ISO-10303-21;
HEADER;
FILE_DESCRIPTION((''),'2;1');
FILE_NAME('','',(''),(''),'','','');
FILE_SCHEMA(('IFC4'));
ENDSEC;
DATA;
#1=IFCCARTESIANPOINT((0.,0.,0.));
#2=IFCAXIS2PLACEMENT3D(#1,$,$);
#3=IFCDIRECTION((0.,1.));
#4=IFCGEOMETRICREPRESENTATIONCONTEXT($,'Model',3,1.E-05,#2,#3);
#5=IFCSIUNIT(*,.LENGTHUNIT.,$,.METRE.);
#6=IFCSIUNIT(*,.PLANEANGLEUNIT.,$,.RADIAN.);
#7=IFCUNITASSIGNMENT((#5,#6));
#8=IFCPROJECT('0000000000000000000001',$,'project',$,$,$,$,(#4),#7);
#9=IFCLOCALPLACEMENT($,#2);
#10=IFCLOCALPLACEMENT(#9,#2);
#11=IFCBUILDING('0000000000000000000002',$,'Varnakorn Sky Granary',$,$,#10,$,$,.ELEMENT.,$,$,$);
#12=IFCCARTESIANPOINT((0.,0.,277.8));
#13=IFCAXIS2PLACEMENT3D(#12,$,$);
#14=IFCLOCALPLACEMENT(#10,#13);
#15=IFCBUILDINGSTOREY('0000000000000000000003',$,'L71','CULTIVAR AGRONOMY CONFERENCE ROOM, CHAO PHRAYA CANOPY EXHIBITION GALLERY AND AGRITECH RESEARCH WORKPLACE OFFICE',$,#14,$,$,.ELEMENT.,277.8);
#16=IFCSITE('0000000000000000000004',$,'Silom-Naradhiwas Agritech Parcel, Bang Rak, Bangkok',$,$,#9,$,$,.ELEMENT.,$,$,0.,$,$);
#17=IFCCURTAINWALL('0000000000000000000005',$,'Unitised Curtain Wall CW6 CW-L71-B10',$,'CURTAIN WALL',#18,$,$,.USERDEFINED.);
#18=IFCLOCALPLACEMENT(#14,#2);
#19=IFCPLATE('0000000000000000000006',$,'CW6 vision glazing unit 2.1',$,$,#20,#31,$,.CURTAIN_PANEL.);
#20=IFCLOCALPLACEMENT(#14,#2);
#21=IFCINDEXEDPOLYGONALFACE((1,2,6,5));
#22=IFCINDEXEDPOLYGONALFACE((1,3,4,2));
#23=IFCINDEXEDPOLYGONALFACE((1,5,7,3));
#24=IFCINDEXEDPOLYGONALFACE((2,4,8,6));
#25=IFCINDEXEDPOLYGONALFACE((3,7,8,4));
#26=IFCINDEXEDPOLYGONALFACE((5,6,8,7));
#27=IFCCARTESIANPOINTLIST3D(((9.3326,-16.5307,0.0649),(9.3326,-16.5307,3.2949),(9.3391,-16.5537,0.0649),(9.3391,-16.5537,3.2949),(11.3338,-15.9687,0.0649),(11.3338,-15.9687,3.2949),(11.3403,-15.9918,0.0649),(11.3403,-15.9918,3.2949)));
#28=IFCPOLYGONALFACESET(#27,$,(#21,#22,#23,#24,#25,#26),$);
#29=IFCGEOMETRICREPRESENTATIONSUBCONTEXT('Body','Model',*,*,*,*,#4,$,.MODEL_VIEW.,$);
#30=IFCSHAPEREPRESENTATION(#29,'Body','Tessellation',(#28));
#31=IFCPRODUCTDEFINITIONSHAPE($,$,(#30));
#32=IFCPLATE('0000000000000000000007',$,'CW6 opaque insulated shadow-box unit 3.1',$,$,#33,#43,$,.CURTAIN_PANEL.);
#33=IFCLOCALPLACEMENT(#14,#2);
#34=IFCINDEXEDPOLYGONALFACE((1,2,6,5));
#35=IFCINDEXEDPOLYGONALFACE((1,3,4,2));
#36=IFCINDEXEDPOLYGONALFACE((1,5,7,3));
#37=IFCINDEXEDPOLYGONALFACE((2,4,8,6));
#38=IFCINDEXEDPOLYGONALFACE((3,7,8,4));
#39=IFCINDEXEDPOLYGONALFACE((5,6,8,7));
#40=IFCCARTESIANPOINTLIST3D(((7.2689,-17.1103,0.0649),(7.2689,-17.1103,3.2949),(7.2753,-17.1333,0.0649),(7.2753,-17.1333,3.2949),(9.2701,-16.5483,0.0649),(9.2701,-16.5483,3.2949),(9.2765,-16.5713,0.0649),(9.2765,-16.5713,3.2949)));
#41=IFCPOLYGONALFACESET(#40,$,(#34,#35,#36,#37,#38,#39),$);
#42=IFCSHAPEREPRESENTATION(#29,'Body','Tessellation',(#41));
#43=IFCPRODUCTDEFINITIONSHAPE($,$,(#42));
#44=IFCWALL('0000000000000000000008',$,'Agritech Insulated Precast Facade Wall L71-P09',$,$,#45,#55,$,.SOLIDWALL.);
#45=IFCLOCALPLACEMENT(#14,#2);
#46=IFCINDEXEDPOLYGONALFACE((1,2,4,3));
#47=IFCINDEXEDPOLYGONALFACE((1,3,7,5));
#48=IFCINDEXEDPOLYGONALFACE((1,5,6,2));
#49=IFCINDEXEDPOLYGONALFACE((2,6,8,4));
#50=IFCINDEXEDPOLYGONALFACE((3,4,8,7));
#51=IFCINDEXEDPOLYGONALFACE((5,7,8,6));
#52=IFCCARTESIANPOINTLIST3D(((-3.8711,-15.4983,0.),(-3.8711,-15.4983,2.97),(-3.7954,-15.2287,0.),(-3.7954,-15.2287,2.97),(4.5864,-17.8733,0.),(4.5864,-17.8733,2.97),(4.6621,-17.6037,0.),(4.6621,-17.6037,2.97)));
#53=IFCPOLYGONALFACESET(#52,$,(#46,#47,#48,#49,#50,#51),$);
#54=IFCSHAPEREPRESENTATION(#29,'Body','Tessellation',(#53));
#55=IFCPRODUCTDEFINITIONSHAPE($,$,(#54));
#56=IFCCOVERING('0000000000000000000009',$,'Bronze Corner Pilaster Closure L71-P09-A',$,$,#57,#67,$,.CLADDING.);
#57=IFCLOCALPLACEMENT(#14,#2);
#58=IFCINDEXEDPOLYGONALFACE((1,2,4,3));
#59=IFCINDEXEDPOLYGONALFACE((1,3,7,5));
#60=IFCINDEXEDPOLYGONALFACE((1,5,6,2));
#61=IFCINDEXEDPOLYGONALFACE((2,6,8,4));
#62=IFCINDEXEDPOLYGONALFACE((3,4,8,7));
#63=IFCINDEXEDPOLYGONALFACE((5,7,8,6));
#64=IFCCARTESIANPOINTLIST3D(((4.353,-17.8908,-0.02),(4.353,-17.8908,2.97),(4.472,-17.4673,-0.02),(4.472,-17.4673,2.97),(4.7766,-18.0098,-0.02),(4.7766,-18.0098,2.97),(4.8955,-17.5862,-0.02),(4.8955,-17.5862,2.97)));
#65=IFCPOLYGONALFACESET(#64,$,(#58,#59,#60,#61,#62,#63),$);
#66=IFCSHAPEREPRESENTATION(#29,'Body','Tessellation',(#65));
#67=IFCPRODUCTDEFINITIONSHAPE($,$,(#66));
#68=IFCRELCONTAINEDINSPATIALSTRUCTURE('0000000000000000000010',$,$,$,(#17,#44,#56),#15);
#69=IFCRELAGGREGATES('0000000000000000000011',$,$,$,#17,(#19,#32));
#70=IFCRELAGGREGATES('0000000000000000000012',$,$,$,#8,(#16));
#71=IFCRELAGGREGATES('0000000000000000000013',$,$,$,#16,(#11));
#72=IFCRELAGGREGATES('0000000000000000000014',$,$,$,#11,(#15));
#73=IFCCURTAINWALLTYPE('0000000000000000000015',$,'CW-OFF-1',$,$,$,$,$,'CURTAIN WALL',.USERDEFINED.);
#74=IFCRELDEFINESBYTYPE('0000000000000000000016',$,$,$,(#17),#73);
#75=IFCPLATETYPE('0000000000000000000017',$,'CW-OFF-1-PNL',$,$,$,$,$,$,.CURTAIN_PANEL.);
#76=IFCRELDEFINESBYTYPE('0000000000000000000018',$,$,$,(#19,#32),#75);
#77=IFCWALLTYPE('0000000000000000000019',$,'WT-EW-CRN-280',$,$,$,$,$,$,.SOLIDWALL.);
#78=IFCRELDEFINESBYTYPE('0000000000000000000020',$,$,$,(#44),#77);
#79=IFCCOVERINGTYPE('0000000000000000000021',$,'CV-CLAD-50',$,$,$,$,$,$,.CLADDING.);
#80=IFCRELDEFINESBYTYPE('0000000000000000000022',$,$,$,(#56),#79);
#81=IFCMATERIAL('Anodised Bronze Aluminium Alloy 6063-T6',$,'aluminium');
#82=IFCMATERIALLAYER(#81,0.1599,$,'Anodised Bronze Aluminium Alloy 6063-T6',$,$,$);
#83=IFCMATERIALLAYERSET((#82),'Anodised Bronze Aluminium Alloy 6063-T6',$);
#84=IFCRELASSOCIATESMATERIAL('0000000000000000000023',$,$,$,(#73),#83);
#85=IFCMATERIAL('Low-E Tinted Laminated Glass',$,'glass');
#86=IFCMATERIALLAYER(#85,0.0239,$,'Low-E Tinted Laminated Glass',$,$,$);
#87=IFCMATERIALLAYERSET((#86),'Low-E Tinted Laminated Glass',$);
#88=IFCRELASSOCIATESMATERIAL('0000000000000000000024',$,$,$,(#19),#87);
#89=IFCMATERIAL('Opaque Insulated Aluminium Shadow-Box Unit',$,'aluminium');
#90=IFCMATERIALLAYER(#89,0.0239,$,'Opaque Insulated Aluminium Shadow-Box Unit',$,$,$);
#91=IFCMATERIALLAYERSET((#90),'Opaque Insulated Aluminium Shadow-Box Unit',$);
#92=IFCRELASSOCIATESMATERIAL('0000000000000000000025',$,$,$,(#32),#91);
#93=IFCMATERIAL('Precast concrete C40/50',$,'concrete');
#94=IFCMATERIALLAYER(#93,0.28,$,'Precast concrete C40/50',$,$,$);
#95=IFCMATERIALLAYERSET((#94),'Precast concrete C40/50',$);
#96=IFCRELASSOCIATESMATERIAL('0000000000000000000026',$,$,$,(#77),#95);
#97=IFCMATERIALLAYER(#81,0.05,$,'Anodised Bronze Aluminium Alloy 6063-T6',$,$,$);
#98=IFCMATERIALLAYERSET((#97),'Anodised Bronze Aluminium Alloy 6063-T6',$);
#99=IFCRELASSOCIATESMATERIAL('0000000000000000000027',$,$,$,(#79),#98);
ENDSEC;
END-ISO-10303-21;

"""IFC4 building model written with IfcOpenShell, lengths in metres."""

from ifc_helpers import new_model, si_unit, direction, frame, frame_2d, origin, origin_2d, place, context, subcontext, project, spatial, rectangle, extrude, source, transform, mapped, material, layer, layer_set, type_object, type_shapes, element, aggregate, save


model = new_model("IFC4")

# Units and contexts
model_context = context("Model", 3, precision=1e-05, world=origin(), true_north=direction((0.0, 1.0)))
body_context = subcontext(model_context, "Body", "Model", "MODEL_VIEW")
ifc_project = project(units=[si_unit("LENGTHUNIT", "METRE"), si_unit("PLANEANGLEUNIT", "RADIAN")], contexts=[model_context])

# Site, building, storey
site_placement = place(None, origin())
site = spatial("IfcSite", under=ifc_project, at=site_placement, Name="Silom-Naradhiwas Agritech Parcel, Bang Rak, Bangkok", CompositionType="ELEMENT", RefElevation=0.0)
building_placement = place(site_placement, origin())
building = spatial("IfcBuilding", under=site, at=building_placement, Name="Varnakorn Sky Granary", CompositionType="ELEMENT")
storey_placement = place(building_placement, frame((0.0, 0.0, 277.8)))
storey = spatial("IfcBuildingStorey", under=building, at=storey_placement, Name="L71", Description="CULTIVAR AGRONOMY CONFERENCE ROOM, CHAO PHRAYA CANOPY EXHIBITION GALLERY AND AGRITECH RESEARCH WORKPLACE OFFICE", CompositionType="ELEMENT", Elevation=277.8)

# Curtain wall
ifc_material_1 = material(Name="Anodised Bronze Aluminium Alloy 6063-T6", Category="aluminium")
ifc_layer_1 = layer(ifc_material_1, 0.1599, Name="Anodised Bronze Aluminium Alloy 6063-T6")
ifc_layer_set_1 = layer_set([ifc_layer_1], Name="Anodised Bronze Aluminium Alloy 6063-T6")
curtain_wall_type = type_object("IfcCurtainWallType", Name="CW-OFF-1", ElementType="CURTAIN WALL", PredefinedType="USERDEFINED", material=ifc_layer_set_1)
curtain_wall_placement = place(storey_placement, origin())
curtain_wall = element("IfcCurtainWall", 1, at=curtain_wall_placement, inside=storey, type_object=curtain_wall_type, Name="Unitised Curtain Wall CW6 CW-L71-B10", ObjectType="CURTAIN WALL", PredefinedType="USERDEFINED")

# Plates
ifc_material_2 = material(Name="Low-E Tinted Laminated Glass", Category="glass")
ifc_layer_2 = layer(ifc_material_2, 0.0239, Name="Low-E Tinted Laminated Glass")
ifc_layer_set_2 = layer_set([ifc_layer_2], Name="Low-E Tinted Laminated Glass")
plate_type = type_object("IfcPlateType", Name="CW-OFF-1-PNL", PredefinedType="CURTAIN_PANEL")
ifc_material_3 = material(Name="Opaque Insulated Aluminium Shadow-Box Unit", Category="aluminium")
ifc_layer_3 = layer(ifc_material_3, 0.0239, Name="Opaque Insulated Aluminium Shadow-Box Unit")
ifc_layer_set_3 = layer_set([ifc_layer_3], Name="Opaque Insulated Aluminium Shadow-Box Unit")
shared_shape_1 = source(origin(), body_context, "Body", "SweptSolid", [
    extrude(rectangle(XDim=2.0786, YDim=0.0239, at=origin_2d()), origin(), (0.0, 0.0, 1.0), 3.23),
])
plate_1_placement = place(storey_placement, frame((10.3364, -16.2612, 0.0649), z_axis=(0.0, 0.0, 1.0), x_axis=(-0.962756, -0.27037, 0.0)))
plate_1 = element("IfcPlate", 2, at=plate_1_placement, type_object=plate_type, material=ifc_layer_set_2, Name="CW6 vision glazing unit 2.1", PredefinedType="CURTAIN_PANEL", context=body_context, shape_type="MappedRepresentation", body=[
    mapped(shared_shape_1, transform((0.0, 0.0, 0.0), x_axis=(1.0, 0.0, 0.0), y_axis=(0.0, 1.0, 0.0), z_axis=(0.0, 0.0, 1.0), scale=1.0)),
])
plate_2_placement = place(storey_placement, frame((8.2727, -16.8408, 0.0649), z_axis=(0.0, 0.0, 1.0), x_axis=(-0.962756, -0.27037, 0.0)))
plate_2 = element("IfcPlate", 3, at=plate_2_placement, type_object=plate_type, material=ifc_layer_set_3, Name="CW6 opaque insulated shadow-box unit 3.1", PredefinedType="CURTAIN_PANEL", context=body_context, shape_type="MappedRepresentation", body=[
    mapped(shared_shape_1, transform((0.0, 0.0, 0.0), x_axis=(1.0, 0.0, 0.0), y_axis=(0.0, 1.0, 0.0), z_axis=(0.0, 0.0, 1.0), scale=1.0)),
])
aggregate(curtain_wall, [plate_1, plate_2])

# Wall
ifc_material_4 = material(Name="Precast concrete C40/50", Category="concrete")
ifc_layer_4 = layer(ifc_material_4, 0.28, Name="Precast concrete C40/50")
ifc_layer_set_4 = layer_set([ifc_layer_4], Name="Precast concrete C40/50")
wall_type = type_object("IfcWallType", Name="WT-EW-CRN-280", PredefinedType="SOLIDWALL", material=ifc_layer_set_4)
wall_placement = place(storey_placement, frame((4.6243, -17.7385, 0.0), z_axis=(0.0, 0.0, 1.0), x_axis=(-0.96276, 0.270358, 0.0)))
element("IfcWall", 4, at=wall_placement, inside=storey, type_object=wall_type, Name="Agritech Insulated Precast Facade Wall L71-P09", PredefinedType="SOLIDWALL", context=body_context, shape_type="SweptSolid", body=[
    extrude(rectangle(XDim=8.7847, YDim=0.28, at=frame_2d((4.3923, 0.0))), origin(), (0.0, 0.0, 1.0), 2.97),
])

# Covering
ifc_layer_5 = layer(ifc_material_1, 0.05, Name="Anodised Bronze Aluminium Alloy 6063-T6")
ifc_layer_set_5 = layer_set([ifc_layer_5], Name="Anodised Bronze Aluminium Alloy 6063-T6")
covering_type = type_object("IfcCoveringType", Name="CV-CLAD-50", PredefinedType="CLADDING", material=ifc_layer_set_5)
shared_shape_2 = source(origin(), body_context, "Body", "SweptSolid", [
    extrude(rectangle(XDim=0.4399, YDim=0.4399, at=origin_2d()), origin(), (0.0, 0.0, 1.0), 2.99),
])
type_shapes(covering_type, [shared_shape_2])
covering_placement = place(storey_placement, frame((4.6243, -17.7385, -0.02), z_axis=(0.0, 0.0, 1.0), x_axis=(-0.962739, 0.270432, 0.0)))
element("IfcCovering", 5, at=covering_placement, inside=storey, type_object=covering_type, Name="Bronze Corner Pilaster Closure L71-P09-A", PredefinedType="CLADDING", context=body_context, shape_type="MappedRepresentation", body=[
    mapped(shared_shape_2, transform((0.0, 0.0, 0.0), x_axis=(1.0, 0.0, 0.0), y_axis=(0.0, 1.0, 0.0), z_axis=(0.0, 0.0, 1.0), scale=1.0)),
])

save(model, "model.ifc")
